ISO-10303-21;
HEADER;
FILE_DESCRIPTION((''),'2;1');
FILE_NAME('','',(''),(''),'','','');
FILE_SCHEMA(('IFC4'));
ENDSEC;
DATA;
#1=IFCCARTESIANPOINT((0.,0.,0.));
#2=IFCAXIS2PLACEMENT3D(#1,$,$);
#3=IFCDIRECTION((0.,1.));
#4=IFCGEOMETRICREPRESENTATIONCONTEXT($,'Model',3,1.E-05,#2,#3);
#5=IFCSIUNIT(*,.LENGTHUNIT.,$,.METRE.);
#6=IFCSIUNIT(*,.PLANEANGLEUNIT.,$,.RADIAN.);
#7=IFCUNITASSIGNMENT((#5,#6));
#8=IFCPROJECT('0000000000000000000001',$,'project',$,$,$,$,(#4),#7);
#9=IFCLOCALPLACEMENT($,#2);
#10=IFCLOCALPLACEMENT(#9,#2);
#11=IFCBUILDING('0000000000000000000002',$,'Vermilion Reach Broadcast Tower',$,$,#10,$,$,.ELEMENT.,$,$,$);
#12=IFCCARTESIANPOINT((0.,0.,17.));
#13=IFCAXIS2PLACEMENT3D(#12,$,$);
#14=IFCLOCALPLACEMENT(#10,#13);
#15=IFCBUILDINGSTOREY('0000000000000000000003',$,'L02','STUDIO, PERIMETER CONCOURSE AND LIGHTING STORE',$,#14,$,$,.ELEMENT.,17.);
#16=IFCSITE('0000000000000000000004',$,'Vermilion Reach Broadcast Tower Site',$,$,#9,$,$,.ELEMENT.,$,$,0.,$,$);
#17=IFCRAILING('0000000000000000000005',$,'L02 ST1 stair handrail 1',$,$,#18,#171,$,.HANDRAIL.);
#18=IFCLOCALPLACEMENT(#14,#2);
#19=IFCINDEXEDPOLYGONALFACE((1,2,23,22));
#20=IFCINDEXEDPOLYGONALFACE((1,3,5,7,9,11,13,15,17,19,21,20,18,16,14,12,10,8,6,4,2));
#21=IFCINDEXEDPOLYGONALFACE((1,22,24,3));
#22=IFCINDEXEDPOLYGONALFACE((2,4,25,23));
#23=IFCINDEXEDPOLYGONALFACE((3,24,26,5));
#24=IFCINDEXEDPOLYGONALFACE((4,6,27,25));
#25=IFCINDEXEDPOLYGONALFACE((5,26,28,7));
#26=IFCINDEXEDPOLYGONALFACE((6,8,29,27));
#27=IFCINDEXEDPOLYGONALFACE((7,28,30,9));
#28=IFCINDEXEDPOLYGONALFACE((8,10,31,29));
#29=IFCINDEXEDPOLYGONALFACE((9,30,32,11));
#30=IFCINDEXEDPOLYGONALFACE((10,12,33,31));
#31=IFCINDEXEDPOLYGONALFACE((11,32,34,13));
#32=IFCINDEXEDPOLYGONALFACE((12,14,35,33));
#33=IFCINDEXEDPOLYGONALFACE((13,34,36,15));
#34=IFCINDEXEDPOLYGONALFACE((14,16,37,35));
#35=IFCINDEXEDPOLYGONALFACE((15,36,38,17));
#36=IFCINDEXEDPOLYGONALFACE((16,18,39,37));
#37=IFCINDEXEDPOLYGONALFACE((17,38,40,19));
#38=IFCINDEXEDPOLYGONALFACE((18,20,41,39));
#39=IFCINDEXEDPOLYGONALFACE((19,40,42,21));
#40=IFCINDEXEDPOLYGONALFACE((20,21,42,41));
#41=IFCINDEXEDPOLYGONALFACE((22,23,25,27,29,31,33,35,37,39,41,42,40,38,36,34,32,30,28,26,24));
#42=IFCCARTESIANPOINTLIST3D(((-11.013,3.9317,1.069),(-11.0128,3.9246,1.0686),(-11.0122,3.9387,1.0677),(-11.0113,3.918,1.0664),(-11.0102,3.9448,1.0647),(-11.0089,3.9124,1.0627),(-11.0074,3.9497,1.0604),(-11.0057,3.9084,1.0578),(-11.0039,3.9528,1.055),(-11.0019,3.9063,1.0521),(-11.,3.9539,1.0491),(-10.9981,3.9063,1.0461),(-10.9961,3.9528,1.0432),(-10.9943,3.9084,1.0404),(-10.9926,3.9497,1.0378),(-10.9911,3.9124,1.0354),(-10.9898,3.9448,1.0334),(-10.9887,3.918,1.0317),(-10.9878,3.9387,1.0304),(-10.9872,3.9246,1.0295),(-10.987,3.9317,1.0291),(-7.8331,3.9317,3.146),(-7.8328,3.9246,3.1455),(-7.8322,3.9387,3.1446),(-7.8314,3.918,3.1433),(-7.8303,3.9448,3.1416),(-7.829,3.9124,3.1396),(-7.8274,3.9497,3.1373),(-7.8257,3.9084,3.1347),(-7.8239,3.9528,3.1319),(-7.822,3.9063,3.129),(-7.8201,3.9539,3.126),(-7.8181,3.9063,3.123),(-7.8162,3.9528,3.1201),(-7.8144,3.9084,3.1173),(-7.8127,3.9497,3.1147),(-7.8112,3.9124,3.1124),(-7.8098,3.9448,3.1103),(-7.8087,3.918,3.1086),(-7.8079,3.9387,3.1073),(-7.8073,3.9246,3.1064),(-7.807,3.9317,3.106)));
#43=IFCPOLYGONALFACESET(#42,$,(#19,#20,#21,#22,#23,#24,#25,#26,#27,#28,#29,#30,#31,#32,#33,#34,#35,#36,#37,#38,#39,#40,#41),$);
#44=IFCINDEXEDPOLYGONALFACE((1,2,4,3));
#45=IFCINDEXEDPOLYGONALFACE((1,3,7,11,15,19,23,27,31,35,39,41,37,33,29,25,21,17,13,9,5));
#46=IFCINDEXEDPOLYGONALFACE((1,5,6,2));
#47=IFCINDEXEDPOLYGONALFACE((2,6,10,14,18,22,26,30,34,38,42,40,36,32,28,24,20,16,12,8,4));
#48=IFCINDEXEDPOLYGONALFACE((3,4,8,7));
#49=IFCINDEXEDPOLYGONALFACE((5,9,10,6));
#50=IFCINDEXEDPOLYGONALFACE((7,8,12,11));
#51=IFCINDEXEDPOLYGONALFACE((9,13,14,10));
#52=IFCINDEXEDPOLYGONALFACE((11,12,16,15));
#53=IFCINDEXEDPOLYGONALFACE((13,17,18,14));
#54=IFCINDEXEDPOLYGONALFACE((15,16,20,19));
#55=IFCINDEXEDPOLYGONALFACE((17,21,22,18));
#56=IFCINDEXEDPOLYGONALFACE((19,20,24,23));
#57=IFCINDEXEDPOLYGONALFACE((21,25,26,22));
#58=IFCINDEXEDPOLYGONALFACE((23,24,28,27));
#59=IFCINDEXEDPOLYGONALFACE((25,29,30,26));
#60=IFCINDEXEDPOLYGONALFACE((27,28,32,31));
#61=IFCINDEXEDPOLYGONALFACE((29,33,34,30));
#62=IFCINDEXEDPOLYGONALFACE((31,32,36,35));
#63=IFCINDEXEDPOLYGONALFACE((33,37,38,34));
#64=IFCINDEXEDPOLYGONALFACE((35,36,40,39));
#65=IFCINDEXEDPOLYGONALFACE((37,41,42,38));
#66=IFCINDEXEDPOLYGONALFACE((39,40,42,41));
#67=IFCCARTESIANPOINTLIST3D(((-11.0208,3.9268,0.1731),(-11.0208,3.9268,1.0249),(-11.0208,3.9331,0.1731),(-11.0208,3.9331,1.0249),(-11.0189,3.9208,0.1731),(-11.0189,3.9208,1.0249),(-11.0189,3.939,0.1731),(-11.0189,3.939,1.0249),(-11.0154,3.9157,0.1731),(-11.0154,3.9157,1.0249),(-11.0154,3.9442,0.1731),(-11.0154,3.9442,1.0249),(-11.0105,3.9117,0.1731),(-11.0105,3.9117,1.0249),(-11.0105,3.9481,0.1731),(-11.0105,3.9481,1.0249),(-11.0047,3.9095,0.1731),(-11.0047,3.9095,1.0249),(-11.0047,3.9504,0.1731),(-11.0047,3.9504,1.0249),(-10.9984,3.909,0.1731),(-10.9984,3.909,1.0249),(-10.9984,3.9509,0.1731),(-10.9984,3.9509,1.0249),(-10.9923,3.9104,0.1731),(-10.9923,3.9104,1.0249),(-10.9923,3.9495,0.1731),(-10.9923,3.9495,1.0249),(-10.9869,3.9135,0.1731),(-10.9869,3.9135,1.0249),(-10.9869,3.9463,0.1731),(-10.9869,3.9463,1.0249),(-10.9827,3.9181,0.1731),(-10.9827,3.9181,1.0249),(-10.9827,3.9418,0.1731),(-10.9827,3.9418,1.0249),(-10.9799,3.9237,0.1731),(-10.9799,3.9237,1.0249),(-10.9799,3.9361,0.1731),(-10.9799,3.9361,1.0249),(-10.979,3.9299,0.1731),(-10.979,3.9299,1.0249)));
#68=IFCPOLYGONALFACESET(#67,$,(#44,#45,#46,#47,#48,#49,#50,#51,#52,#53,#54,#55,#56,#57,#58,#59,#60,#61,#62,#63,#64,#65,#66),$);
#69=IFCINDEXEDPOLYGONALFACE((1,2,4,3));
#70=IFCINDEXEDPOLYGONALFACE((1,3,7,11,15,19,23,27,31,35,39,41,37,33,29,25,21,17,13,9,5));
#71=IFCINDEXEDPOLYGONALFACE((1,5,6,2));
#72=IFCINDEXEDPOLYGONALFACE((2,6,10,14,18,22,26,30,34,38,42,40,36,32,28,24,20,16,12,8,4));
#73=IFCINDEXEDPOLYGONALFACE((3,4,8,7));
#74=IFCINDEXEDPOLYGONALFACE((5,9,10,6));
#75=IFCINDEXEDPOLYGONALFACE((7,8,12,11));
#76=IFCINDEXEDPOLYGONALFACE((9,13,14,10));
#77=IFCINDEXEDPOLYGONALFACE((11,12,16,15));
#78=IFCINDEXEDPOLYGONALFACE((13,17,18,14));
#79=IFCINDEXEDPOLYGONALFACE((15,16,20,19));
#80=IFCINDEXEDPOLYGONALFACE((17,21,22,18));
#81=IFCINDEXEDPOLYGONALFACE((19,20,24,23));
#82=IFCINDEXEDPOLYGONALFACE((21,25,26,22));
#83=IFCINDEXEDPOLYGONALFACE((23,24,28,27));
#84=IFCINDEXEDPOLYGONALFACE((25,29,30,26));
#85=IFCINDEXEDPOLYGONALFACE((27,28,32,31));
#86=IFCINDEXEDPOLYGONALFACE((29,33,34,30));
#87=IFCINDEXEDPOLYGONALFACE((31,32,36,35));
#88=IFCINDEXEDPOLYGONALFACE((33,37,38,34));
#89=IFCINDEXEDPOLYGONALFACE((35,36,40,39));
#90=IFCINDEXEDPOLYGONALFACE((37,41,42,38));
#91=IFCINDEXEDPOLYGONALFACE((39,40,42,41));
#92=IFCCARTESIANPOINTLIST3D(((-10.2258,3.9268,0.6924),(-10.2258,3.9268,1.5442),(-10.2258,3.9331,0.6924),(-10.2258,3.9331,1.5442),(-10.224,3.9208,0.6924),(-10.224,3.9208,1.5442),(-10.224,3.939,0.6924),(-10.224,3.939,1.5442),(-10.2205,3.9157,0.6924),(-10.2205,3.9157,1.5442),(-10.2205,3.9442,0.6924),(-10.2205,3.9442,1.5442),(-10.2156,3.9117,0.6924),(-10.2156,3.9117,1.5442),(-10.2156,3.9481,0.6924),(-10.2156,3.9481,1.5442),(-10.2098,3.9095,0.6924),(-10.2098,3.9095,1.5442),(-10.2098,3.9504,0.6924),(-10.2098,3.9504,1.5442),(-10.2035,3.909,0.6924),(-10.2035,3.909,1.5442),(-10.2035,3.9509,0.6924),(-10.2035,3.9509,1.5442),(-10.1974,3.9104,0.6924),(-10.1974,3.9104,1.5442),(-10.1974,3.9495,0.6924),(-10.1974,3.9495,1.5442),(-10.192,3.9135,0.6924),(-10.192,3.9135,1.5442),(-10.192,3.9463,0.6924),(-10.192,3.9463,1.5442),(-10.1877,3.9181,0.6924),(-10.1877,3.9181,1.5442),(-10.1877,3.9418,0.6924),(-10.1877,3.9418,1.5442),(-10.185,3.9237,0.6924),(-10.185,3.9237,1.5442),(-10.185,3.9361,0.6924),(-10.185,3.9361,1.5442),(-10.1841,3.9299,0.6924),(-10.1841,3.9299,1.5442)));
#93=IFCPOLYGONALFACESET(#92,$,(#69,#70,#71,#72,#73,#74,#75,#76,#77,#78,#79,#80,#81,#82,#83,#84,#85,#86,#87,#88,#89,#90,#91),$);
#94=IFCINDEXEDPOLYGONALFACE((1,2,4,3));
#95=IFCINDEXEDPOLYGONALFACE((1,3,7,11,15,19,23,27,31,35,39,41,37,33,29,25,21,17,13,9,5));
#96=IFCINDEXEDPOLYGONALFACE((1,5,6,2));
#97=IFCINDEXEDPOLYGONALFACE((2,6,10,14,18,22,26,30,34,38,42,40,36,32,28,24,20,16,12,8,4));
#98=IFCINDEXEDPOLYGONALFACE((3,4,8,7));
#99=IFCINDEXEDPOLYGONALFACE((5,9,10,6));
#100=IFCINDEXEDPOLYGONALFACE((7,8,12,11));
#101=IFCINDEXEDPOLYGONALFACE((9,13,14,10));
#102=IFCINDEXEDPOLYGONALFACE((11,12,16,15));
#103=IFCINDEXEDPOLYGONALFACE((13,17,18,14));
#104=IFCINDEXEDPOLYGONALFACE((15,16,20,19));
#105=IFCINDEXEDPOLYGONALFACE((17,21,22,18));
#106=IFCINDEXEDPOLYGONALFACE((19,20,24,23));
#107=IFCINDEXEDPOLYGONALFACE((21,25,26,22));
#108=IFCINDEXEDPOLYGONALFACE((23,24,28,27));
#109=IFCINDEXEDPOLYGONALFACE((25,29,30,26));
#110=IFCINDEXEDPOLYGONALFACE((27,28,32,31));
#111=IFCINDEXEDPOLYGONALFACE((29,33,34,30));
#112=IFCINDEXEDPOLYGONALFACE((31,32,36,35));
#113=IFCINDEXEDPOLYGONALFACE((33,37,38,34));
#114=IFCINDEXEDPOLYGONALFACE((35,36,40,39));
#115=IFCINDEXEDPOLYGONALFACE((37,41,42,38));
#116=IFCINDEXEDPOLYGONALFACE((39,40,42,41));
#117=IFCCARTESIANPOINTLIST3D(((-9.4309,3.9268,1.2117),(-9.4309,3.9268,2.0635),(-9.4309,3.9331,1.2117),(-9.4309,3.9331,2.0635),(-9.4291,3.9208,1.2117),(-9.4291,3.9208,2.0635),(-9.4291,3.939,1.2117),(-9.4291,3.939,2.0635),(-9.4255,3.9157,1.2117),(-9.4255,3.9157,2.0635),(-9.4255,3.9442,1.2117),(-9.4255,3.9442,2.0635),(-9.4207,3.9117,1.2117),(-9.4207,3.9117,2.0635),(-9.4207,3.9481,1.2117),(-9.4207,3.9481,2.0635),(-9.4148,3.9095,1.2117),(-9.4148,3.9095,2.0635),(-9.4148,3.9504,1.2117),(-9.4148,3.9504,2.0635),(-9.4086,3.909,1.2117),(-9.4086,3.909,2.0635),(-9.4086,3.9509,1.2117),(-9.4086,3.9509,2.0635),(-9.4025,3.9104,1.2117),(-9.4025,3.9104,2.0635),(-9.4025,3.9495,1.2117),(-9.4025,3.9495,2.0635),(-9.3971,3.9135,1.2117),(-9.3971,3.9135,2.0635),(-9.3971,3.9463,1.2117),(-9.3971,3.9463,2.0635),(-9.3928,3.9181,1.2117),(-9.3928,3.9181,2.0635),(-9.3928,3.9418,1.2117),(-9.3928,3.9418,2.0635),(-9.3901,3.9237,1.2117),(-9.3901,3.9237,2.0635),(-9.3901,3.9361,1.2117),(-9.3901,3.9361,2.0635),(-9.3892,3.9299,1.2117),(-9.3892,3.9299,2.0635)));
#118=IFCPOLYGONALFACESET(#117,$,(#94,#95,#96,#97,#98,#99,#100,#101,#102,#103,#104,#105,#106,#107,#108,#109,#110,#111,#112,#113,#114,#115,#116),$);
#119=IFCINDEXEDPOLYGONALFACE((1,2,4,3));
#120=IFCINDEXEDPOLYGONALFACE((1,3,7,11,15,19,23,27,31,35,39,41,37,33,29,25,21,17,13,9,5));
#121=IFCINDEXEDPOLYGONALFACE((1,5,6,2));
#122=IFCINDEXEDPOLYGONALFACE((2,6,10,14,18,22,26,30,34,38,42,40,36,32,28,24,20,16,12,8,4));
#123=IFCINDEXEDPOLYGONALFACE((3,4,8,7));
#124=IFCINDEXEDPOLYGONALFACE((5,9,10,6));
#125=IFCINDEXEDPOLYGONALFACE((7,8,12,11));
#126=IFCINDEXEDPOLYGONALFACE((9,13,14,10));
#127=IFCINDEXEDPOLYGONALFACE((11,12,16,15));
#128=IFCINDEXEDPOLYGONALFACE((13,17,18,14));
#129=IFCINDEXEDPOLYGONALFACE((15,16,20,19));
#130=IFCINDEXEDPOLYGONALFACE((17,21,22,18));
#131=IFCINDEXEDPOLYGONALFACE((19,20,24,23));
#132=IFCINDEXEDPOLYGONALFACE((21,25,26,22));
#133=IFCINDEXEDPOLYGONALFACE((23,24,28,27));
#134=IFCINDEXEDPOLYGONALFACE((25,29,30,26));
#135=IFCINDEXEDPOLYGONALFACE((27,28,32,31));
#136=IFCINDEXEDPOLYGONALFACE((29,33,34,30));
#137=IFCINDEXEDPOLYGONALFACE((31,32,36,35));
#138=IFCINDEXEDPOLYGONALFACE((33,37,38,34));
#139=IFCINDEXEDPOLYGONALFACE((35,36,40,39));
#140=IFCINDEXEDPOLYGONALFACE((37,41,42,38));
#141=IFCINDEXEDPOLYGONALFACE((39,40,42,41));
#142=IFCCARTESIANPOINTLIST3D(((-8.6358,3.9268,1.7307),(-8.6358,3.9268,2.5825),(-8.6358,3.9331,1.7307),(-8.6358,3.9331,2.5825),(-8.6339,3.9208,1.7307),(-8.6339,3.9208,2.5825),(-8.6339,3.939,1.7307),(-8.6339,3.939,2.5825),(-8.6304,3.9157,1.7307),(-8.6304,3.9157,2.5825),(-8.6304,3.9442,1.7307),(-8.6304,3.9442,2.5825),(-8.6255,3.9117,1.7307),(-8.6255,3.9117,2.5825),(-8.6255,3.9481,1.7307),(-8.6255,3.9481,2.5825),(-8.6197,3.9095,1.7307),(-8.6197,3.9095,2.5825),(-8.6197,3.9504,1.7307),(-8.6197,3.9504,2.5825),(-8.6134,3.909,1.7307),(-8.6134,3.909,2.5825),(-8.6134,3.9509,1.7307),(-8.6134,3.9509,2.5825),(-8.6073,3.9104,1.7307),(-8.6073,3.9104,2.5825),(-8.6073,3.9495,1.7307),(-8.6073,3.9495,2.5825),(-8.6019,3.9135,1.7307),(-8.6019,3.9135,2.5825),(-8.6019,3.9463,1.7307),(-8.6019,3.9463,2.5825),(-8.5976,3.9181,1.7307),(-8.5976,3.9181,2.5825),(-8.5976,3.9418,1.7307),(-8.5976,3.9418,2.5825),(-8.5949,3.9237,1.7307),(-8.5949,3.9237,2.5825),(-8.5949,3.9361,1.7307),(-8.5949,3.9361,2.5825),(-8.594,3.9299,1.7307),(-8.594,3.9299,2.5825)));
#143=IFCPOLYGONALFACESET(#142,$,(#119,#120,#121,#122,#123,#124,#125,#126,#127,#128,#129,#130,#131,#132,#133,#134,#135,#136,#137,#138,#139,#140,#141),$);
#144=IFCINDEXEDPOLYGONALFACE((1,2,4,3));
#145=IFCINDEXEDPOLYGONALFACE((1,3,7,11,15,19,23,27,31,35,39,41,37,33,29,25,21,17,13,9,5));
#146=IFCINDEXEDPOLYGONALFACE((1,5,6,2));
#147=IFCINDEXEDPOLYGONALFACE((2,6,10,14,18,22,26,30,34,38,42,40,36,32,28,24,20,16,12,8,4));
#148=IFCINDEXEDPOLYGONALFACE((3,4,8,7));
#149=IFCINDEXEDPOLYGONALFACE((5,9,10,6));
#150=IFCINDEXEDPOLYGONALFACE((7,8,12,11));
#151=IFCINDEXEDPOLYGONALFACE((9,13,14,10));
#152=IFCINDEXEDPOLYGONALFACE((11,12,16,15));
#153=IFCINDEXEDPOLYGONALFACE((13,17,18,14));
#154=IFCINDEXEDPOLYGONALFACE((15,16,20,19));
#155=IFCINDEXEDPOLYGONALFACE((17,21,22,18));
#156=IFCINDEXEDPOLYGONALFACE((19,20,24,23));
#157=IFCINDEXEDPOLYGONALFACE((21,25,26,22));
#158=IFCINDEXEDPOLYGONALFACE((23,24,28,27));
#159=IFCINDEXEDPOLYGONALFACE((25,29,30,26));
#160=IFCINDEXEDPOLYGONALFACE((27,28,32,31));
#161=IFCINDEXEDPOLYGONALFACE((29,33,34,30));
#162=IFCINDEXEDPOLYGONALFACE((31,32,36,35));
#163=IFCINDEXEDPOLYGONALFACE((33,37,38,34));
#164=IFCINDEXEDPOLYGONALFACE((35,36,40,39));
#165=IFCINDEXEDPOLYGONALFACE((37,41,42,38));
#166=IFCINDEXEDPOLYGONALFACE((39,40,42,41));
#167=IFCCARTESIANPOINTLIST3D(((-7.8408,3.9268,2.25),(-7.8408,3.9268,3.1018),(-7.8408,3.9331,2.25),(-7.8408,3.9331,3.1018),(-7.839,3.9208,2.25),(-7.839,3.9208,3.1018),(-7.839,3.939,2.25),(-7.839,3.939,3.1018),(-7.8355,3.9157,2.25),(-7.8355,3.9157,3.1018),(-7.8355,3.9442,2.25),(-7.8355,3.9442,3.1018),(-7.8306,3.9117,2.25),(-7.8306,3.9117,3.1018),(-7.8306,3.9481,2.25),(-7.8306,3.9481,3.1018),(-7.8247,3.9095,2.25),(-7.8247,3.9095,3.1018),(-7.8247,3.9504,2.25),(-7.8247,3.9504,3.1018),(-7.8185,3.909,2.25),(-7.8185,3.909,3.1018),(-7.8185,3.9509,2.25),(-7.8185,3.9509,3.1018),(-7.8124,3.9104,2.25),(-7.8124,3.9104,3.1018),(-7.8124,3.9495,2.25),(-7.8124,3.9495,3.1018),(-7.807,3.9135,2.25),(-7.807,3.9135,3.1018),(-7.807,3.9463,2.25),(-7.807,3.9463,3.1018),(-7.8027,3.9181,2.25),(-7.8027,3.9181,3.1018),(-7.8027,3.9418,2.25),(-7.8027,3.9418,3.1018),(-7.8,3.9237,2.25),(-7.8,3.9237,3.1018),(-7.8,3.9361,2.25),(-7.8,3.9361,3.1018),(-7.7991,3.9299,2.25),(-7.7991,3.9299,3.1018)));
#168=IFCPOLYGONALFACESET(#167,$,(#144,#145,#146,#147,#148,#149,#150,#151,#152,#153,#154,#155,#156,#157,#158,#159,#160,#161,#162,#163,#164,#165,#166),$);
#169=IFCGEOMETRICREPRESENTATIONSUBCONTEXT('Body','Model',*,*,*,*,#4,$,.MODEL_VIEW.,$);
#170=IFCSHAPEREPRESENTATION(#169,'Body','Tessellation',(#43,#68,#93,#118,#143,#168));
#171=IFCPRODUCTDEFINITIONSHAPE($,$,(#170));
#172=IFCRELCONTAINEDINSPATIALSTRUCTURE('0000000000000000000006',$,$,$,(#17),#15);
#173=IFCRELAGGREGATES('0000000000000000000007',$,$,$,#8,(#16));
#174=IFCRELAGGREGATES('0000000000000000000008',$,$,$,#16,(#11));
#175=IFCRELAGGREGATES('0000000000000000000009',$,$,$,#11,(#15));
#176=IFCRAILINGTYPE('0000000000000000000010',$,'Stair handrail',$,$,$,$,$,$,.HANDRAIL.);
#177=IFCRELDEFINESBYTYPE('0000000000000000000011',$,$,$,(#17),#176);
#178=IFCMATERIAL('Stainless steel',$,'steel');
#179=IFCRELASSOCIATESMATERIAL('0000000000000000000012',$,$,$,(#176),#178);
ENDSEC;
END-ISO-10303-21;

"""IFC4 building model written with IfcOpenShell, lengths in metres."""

from ifc_helpers import new_model, si_unit, direction, frame, origin, origin_2d, place, context, subcontext, project, spatial, circle, extrude, material, type_object, element, save


model = new_model("IFC4")

# Units and contexts
model_context = context("Model", 3, precision=1e-05, world=origin(), true_north=direction((0.0, 1.0)))
body_context = subcontext(model_context, "Body", "Model", "MODEL_VIEW")
ifc_project = project(units=[si_unit("LENGTHUNIT", "METRE"), si_unit("PLANEANGLEUNIT", "RADIAN")], contexts=[model_context])

# Site, building, storey
site_placement = place(None, origin())
site = spatial("IfcSite", under=ifc_project, at=site_placement, Name="Vermilion Reach Broadcast Tower Site", CompositionType="ELEMENT", RefElevation=0.0)
building_placement = place(site_placement, origin())
building = spatial("IfcBuilding", under=site, at=building_placement, Name="Vermilion Reach Broadcast Tower", CompositionType="ELEMENT")
storey_placement = place(building_placement, frame((0.0, 0.0, 17.0)))
storey = spatial("IfcBuildingStorey", under=building, at=storey_placement, Name="L02", Description="STUDIO, PERIMETER CONCOURSE AND LIGHTING STORE", CompositionType="ELEMENT", Elevation=17.0)

# Railing
ifc_material_1 = material(Name="Stainless steel", Category="steel")
railing_type_1 = type_object("IfcRailingType", Name="Stair handrail", PredefinedType="HANDRAIL", material=ifc_material_1)
for number, where, name in (
    (1, (-11.0, 3.9299, 0.1731), "L02 ST1 stair handrail 1"),
):
    element("IfcRailing", number, at=place(storey_placement, frame(where)), inside=storey, type_object=railing_type_1, Name=name, PredefinedType="HANDRAIL", context=body_context, shape_type="SweptSolid", body=[
        extrude(circle(Radius=0.0239, at=origin_2d()), frame((0.0, 0.0, 0.876), z_axis=(0.837245, 0.0, 0.546828), x_axis=(0.0, 1.0, 0.0)), (0.0, 0.0, 1.0), 3.7981),
        extrude(circle(Radius=0.021, at=origin_2d()), origin(), (0.0, 0.0, 1.0), 0.8518),
        extrude(circle(Radius=0.021, at=origin_2d()), frame((0.7949, 0.0, 0.5193)), (0.0, 0.0, 1.0), 0.8518),
        extrude(circle(Radius=0.021, at=origin_2d()), frame((1.5898, 0.0, 1.0386)), (0.0, 0.0, 1.0), 0.8518),
        extrude(circle(Radius=0.021, at=origin_2d()), frame((2.385, 0.0, 1.5576)), (0.0, 0.0, 1.0), 0.8518),
        extrude(circle(Radius=0.021, at=origin_2d()), frame((3.1799, 0.0, 2.0769)), (0.0, 0.0, 1.0), 0.8518),
    ])

save(model, "model.ifc")
